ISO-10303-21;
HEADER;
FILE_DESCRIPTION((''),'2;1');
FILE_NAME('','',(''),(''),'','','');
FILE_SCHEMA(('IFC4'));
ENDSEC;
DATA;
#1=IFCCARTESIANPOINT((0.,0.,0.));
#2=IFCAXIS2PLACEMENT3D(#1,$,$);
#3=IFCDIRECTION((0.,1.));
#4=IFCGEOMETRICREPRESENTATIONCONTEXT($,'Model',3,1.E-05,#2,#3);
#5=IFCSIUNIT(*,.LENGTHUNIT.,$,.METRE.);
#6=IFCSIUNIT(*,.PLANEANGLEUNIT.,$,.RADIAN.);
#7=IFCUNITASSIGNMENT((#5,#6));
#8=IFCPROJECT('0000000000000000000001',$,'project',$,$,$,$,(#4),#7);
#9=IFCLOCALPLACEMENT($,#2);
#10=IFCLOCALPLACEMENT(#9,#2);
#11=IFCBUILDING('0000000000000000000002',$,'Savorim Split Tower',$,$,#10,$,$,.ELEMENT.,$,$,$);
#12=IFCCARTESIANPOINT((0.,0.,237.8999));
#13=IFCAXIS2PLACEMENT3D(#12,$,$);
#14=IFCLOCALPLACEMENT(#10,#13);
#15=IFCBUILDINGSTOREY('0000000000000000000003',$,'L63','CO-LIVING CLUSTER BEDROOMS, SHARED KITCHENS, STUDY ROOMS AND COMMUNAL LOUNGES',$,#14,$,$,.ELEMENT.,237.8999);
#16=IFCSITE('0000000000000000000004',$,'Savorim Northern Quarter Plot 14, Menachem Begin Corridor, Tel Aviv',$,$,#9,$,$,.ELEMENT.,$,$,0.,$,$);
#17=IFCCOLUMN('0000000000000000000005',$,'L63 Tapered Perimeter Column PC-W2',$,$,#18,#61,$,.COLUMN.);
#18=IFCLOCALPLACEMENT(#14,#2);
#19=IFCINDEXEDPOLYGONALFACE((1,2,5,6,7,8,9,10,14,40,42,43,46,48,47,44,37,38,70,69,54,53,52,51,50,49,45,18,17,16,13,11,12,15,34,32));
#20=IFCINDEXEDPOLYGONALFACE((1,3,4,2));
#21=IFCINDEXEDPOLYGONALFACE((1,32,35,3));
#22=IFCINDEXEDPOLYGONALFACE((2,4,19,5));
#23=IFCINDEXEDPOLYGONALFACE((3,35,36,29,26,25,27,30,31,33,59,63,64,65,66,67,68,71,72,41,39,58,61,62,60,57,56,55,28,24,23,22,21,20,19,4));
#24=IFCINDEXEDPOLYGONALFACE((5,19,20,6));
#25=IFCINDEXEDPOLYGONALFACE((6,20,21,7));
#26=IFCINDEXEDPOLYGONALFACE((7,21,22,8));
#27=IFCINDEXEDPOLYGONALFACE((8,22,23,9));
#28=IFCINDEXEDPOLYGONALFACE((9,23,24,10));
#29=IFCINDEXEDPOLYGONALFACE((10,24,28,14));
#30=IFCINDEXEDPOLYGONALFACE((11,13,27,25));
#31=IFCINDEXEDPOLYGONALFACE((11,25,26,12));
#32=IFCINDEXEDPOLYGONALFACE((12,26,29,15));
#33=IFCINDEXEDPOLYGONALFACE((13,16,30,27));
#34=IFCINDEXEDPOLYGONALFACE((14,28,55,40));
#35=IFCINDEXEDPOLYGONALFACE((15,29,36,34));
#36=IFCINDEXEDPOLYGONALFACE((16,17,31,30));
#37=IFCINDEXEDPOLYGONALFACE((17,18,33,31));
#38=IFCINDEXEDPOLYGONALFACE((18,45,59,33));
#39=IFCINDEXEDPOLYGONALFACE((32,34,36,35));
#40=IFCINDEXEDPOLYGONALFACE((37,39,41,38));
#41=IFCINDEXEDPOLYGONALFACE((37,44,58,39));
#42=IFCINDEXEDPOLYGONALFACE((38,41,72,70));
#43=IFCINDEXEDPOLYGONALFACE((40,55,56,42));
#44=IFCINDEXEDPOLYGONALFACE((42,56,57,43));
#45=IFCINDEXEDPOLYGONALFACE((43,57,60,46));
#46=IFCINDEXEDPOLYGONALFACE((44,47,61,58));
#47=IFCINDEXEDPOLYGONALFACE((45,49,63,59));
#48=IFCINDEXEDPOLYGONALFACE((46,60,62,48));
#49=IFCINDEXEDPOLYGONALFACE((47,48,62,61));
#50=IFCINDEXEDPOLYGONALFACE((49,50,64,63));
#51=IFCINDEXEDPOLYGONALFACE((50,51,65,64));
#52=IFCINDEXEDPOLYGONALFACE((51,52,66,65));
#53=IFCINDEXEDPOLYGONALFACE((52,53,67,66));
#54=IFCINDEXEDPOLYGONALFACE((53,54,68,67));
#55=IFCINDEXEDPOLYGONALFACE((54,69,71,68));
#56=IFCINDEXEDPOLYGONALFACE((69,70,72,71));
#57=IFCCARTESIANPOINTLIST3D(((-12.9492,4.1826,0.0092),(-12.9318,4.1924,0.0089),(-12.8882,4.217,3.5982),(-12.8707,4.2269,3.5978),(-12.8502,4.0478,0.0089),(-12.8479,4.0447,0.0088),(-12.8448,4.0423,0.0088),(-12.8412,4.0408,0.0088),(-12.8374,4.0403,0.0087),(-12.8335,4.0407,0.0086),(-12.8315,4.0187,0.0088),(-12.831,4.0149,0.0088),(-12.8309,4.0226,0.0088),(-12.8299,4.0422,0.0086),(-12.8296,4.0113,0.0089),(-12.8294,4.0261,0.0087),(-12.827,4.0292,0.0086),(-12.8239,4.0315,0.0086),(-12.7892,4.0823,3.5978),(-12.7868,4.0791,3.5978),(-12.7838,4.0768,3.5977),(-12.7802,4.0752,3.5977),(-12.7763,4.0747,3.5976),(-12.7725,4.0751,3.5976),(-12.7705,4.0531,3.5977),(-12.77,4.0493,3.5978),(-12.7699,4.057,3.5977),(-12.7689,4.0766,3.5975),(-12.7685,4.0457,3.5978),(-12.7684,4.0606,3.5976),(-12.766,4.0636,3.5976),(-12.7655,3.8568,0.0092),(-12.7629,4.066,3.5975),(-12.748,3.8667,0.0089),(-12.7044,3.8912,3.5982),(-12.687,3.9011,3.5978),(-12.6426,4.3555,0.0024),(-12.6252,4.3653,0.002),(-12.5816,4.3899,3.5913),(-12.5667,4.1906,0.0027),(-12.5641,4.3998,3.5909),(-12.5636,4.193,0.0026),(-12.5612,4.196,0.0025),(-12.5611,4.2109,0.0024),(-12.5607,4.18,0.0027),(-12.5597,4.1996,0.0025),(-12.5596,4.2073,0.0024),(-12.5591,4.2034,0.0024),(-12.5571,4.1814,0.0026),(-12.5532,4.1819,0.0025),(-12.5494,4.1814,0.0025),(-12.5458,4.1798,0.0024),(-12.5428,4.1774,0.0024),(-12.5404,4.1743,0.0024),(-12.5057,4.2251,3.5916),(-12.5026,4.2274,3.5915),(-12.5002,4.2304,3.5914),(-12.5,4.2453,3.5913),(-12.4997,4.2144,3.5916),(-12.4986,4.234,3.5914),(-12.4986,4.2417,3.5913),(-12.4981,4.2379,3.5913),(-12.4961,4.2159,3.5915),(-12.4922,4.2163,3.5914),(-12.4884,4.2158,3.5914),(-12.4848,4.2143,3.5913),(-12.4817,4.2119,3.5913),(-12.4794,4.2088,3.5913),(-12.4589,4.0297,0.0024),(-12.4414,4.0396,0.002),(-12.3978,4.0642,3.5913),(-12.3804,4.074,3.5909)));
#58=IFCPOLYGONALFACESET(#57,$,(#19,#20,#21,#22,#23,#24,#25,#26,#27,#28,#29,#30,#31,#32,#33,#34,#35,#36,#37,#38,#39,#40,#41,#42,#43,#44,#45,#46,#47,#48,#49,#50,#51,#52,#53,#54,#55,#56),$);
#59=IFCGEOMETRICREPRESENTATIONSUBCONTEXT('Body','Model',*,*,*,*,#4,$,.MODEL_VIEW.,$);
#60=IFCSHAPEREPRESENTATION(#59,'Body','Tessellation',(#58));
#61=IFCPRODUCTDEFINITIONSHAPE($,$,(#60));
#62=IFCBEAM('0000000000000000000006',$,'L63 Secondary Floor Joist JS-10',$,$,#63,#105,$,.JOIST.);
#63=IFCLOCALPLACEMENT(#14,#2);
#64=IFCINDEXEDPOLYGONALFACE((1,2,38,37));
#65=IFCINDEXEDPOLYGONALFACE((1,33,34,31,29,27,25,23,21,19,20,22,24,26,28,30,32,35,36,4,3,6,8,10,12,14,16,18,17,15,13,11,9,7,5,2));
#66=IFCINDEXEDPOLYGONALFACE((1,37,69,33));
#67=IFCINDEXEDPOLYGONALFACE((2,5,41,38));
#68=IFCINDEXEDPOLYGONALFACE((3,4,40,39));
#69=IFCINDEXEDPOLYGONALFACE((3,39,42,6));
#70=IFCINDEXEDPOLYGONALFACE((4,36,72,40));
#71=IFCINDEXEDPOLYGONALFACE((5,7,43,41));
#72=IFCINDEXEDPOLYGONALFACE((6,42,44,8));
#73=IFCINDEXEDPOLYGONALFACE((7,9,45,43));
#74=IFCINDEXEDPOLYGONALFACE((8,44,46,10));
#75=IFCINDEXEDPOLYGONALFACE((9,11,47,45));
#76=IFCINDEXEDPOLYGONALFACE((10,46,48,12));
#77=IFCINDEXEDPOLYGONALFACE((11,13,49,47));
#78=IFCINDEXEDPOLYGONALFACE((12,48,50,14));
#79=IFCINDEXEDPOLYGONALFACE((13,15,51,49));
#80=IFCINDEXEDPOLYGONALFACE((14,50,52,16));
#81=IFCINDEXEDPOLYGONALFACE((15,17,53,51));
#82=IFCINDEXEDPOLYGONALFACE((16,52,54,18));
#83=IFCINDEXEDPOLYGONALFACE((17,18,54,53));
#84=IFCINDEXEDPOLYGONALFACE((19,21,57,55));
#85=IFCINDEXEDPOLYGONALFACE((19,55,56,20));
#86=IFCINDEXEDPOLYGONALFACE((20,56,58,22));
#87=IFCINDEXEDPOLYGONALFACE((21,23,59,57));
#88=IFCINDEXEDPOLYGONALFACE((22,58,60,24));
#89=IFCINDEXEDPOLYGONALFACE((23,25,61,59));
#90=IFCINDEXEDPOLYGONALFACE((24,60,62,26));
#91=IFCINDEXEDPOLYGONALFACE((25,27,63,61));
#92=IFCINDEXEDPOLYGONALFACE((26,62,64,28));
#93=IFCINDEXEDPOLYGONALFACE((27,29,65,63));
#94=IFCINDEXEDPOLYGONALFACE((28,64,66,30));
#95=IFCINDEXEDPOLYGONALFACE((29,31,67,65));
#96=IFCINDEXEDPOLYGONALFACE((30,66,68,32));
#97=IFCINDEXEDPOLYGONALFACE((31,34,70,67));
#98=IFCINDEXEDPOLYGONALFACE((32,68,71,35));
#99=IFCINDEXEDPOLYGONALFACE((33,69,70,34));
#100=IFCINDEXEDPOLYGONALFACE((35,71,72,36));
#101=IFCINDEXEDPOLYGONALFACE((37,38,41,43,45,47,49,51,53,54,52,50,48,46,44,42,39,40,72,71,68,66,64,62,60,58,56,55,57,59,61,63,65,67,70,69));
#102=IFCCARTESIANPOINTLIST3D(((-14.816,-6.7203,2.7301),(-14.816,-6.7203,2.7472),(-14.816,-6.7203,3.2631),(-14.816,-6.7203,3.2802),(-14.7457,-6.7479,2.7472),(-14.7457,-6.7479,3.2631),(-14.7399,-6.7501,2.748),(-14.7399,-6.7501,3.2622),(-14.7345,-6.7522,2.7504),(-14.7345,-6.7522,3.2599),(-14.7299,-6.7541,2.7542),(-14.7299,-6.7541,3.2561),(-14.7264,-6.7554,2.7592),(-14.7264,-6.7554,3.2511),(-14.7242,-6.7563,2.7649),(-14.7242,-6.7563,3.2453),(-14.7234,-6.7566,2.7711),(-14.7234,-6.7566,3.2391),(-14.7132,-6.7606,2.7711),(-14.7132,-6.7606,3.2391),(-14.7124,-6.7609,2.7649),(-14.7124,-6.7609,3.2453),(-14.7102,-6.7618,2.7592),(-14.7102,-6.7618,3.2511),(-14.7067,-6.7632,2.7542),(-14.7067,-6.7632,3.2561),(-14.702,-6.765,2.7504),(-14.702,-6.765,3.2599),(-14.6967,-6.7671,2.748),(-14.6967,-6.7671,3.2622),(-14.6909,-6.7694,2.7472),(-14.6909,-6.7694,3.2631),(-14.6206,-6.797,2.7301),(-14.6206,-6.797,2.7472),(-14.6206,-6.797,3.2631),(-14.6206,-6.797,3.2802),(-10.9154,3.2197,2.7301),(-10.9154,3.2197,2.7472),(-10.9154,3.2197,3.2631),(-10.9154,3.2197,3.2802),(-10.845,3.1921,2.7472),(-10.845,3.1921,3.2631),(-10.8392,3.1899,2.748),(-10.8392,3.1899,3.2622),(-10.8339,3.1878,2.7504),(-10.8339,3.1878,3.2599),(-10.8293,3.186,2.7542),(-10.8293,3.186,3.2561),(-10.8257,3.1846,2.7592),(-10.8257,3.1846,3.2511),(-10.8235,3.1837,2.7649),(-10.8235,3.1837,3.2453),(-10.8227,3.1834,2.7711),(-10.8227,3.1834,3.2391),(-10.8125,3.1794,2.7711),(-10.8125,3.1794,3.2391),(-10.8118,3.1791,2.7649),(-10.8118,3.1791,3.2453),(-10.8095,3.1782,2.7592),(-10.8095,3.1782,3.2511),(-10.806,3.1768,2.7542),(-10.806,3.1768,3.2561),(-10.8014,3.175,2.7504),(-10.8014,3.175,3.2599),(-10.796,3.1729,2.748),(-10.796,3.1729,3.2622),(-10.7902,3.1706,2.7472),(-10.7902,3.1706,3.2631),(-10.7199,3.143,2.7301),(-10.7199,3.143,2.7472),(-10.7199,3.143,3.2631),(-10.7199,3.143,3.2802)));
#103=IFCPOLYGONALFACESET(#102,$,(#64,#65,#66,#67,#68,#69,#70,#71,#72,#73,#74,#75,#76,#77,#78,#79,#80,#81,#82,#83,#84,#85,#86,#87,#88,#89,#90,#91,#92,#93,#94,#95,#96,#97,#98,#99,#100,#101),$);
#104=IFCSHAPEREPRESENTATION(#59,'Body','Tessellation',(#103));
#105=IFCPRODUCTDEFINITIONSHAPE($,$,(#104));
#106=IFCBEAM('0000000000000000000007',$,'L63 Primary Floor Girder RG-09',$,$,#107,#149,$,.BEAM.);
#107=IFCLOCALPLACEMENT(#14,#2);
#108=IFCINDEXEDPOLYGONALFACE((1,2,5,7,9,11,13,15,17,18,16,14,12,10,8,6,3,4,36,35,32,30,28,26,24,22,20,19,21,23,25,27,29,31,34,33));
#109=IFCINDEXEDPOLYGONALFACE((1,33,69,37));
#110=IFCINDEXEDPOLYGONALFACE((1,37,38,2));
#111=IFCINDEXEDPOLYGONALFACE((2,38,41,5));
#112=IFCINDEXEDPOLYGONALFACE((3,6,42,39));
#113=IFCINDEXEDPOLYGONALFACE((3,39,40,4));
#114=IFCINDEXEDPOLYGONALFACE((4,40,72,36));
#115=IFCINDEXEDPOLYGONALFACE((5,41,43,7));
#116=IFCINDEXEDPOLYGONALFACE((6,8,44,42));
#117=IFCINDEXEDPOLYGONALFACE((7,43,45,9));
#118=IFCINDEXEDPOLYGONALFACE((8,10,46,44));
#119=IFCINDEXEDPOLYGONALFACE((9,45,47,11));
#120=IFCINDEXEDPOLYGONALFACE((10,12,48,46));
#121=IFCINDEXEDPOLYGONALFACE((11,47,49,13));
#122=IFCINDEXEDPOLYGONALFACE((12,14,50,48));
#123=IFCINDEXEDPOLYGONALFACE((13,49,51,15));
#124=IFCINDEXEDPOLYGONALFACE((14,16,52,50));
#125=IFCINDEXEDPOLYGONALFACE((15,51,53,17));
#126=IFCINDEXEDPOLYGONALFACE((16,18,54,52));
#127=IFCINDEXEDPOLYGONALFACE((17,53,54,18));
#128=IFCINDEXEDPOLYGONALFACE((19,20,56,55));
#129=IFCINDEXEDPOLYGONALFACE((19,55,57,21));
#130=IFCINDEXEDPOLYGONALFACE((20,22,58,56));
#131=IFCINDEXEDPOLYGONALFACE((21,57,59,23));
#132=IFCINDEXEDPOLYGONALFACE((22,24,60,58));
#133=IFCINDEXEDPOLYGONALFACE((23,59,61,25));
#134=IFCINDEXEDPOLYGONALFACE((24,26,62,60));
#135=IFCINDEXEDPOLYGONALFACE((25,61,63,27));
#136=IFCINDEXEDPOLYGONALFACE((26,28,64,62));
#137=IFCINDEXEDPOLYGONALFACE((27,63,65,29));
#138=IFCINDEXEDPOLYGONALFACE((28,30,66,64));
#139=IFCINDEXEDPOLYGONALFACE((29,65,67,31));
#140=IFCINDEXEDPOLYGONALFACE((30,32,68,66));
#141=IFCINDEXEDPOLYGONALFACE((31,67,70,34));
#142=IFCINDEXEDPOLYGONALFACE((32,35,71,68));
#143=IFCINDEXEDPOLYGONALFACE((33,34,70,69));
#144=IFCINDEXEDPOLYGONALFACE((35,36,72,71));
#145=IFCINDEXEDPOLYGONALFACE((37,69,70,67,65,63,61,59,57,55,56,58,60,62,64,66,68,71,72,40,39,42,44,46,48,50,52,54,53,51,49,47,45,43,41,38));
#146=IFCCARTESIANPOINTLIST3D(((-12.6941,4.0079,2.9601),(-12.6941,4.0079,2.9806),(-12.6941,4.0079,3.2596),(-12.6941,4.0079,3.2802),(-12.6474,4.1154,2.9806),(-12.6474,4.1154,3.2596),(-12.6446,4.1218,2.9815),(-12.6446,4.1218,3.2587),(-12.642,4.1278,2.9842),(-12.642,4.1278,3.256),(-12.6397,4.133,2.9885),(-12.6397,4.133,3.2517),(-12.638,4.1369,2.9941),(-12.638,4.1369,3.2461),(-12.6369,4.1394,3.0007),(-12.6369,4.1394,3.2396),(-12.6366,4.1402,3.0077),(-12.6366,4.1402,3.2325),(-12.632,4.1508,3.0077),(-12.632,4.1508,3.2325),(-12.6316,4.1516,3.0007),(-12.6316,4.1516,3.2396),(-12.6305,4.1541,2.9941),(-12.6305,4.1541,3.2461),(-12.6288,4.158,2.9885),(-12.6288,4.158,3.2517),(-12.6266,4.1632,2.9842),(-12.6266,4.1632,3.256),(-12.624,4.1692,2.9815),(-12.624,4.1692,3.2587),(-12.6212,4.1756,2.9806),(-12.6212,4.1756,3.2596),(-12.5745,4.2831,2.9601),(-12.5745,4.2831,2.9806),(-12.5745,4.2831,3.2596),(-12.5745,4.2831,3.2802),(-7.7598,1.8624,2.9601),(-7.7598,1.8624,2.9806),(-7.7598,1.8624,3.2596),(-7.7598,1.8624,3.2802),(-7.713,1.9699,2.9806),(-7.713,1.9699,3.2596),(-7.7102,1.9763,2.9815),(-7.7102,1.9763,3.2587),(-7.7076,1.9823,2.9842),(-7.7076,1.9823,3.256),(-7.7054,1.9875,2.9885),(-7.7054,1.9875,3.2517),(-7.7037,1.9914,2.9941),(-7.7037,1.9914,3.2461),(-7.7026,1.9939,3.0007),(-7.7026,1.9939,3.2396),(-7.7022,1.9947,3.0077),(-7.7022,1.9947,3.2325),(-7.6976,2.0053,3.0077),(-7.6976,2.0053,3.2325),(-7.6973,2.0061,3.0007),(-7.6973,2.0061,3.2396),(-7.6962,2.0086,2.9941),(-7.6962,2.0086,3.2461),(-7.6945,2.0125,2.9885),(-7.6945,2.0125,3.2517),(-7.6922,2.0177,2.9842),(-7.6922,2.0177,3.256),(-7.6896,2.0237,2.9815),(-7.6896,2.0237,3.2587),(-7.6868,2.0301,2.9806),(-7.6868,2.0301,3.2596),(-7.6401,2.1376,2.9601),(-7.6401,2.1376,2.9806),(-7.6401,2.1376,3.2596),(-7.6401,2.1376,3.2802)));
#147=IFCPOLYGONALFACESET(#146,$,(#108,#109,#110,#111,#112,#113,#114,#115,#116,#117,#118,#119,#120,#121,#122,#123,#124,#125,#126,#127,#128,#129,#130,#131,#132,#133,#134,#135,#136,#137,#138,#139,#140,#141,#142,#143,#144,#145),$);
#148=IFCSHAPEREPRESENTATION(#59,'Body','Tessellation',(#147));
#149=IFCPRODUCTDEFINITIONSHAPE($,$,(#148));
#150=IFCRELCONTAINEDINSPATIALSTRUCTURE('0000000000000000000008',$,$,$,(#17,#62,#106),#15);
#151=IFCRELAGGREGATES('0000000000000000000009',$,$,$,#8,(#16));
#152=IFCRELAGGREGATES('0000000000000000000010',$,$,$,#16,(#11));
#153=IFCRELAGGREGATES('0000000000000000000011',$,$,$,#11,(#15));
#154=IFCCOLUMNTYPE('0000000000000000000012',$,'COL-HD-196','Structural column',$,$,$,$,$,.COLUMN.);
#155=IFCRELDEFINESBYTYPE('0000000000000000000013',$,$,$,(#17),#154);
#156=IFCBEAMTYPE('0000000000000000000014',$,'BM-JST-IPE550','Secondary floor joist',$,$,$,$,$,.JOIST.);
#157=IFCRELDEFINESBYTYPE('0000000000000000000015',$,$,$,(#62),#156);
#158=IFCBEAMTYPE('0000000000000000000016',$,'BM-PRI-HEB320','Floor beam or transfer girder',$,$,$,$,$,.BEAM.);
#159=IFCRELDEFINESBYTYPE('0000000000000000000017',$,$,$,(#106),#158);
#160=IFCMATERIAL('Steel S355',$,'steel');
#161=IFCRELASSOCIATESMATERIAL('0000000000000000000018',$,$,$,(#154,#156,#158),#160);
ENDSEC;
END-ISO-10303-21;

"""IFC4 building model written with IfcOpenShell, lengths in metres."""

from ifc_helpers import new_model, si_unit, direction, frame, origin, origin_2d, place, context, subcontext, project, spatial, i_section, extrude, material, material_profile, profile_set, type_object, element, save


model = new_model("IFC4")

# Units and contexts
model_context = context("Model", 3, precision=1e-05, world=origin(), true_north=direction((0.0, 1.0)))
body_context = subcontext(model_context, "Body", "Model", "MODEL_VIEW")
ifc_project = project(units=[si_unit("LENGTHUNIT", "METRE"), si_unit("PLANEANGLEUNIT", "RADIAN")], contexts=[model_context])

# Site, building, storey
site_placement = place(None, origin())
site = spatial("IfcSite", under=ifc_project, at=site_placement, Name="Savorim Northern Quarter Plot 14, Menachem Begin Corridor, Tel Aviv", CompositionType="ELEMENT", RefElevation=0.0)
building_placement = place(site_placement, origin())
building = spatial("IfcBuilding", under=site, at=building_placement, Name="Savorim Split Tower", CompositionType="ELEMENT")
storey_placement = place(building_placement, frame((0.0, 0.0, 237.8999)))
storey = spatial("IfcBuildingStorey", under=building, at=storey_placement, Name="L63", Description="CO-LIVING CLUSTER BEDROOMS, SHARED KITCHENS, STUDY ROOMS AND COMMUNAL LOUNGES", CompositionType="ELEMENT", Elevation=237.8999)

# Column
ifc_material_1 = material(Name="Steel S355", Category="steel")
ifc_material_profile_1 = material_profile(ifc_material_1, i_section(OverallWidth=0.374, OverallDepth=0.3721, WebThickness=0.0122, FlangeThickness=0.02, FilletRadius=0.0149, at=origin_2d()), Name="HD 360x196")
ifc_profile_set_1 = profile_set([ifc_material_profile_1], Name="Steel S355")
column_type = type_object("IfcColumnType", Name="COL-HD-196", Description="Structural column", PredefinedType="COLUMN", material=ifc_profile_set_1)
column_placement = place(storey_placement, frame((-12.6953, 4.1111, 0.0056), z_axis=(0.017004, 0.00959, 0.999809), x_axis=(-0.491253, 0.871017, 0.0)))
element("IfcColumn", 1, at=column_placement, inside=storey, type_object=column_type, Name="L63 Tapered Perimeter Column PC-W2", PredefinedType="COLUMN", context=body_context, shape_type="SweptSolid", body=[
    extrude(i_section(OverallWidth=0.374, OverallDepth=0.3721, WebThickness=0.0122, FlangeThickness=0.02, FilletRadius=0.0149, at=origin_2d()), origin(), (0.0, 0.0, 1.0), 3.5896),
])

# Beams
ifc_material_profile_2 = material_profile(ifc_material_1, i_section(OverallWidth=0.21, OverallDepth=0.55, WebThickness=0.011, FlangeThickness=0.0171, FilletRadius=0.0239, at=origin_2d()), Name="IPE 550")
ifc_profile_set_2 = profile_set([ifc_material_profile_2], Name="Steel S355")
beam_type_1 = type_object("IfcBeamType", Name="BM-JST-IPE550", Description="Secondary floor joist", PredefinedType="JOIST", material=ifc_profile_set_2)
beam_1_placement = place(storey_placement, frame((-10.8176, 3.1814, 3.0051), z_axis=(-0.3653, -0.93089, 0.0), x_axis=(0.93089, -0.3653, 0.0)))
element("IfcBeam", 2, at=beam_1_placement, inside=storey, type_object=beam_type_1, Name="L63 Secondary Floor Joist JS-10", PredefinedType="JOIST", context=body_context, shape_type="SweptSolid", body=[
    extrude(i_section(OverallWidth=0.21, OverallDepth=0.55, WebThickness=0.011, FlangeThickness=0.0171, FilletRadius=0.0239, at=origin_2d()), origin(), (0.0, 0.0, 1.0), 10.678),
])
ifc_material_profile_3 = material_profile(ifc_material_1, i_section(OverallWidth=0.3, OverallDepth=0.3201, WebThickness=0.0115, FlangeThickness=0.0205, FilletRadius=0.0271, at=origin_2d()), Name="HEB 320")
ifc_profile_set_3 = profile_set([ifc_material_profile_3], Name="Steel S355")
beam_type_2 = type_object("IfcBeamType", Name="BM-PRI-HEB320", Description="Floor beam or transfer girder", PredefinedType="BEAM", material=ifc_profile_set_3)
beam_2_placement = place(storey_placement, frame((-12.6343, 4.1455, 3.1201), z_axis=(0.91706, -0.398749, 0.0), x_axis=(0.398749, 0.91706, 0.0)))
element("IfcBeam", 3, at=beam_2_placement, inside=storey, type_object=beam_type_2, Name="L63 Primary Floor Girder RG-09", PredefinedType="BEAM", context=body_context, shape_type="SweptSolid", body=[
    extrude(i_section(OverallWidth=0.3, OverallDepth=0.3201, WebThickness=0.0115, FlangeThickness=0.0205, FilletRadius=0.0271, at=origin_2d()), origin(), (0.0, 0.0, 1.0), 5.3806),
])

save(model, "model.ifc")
